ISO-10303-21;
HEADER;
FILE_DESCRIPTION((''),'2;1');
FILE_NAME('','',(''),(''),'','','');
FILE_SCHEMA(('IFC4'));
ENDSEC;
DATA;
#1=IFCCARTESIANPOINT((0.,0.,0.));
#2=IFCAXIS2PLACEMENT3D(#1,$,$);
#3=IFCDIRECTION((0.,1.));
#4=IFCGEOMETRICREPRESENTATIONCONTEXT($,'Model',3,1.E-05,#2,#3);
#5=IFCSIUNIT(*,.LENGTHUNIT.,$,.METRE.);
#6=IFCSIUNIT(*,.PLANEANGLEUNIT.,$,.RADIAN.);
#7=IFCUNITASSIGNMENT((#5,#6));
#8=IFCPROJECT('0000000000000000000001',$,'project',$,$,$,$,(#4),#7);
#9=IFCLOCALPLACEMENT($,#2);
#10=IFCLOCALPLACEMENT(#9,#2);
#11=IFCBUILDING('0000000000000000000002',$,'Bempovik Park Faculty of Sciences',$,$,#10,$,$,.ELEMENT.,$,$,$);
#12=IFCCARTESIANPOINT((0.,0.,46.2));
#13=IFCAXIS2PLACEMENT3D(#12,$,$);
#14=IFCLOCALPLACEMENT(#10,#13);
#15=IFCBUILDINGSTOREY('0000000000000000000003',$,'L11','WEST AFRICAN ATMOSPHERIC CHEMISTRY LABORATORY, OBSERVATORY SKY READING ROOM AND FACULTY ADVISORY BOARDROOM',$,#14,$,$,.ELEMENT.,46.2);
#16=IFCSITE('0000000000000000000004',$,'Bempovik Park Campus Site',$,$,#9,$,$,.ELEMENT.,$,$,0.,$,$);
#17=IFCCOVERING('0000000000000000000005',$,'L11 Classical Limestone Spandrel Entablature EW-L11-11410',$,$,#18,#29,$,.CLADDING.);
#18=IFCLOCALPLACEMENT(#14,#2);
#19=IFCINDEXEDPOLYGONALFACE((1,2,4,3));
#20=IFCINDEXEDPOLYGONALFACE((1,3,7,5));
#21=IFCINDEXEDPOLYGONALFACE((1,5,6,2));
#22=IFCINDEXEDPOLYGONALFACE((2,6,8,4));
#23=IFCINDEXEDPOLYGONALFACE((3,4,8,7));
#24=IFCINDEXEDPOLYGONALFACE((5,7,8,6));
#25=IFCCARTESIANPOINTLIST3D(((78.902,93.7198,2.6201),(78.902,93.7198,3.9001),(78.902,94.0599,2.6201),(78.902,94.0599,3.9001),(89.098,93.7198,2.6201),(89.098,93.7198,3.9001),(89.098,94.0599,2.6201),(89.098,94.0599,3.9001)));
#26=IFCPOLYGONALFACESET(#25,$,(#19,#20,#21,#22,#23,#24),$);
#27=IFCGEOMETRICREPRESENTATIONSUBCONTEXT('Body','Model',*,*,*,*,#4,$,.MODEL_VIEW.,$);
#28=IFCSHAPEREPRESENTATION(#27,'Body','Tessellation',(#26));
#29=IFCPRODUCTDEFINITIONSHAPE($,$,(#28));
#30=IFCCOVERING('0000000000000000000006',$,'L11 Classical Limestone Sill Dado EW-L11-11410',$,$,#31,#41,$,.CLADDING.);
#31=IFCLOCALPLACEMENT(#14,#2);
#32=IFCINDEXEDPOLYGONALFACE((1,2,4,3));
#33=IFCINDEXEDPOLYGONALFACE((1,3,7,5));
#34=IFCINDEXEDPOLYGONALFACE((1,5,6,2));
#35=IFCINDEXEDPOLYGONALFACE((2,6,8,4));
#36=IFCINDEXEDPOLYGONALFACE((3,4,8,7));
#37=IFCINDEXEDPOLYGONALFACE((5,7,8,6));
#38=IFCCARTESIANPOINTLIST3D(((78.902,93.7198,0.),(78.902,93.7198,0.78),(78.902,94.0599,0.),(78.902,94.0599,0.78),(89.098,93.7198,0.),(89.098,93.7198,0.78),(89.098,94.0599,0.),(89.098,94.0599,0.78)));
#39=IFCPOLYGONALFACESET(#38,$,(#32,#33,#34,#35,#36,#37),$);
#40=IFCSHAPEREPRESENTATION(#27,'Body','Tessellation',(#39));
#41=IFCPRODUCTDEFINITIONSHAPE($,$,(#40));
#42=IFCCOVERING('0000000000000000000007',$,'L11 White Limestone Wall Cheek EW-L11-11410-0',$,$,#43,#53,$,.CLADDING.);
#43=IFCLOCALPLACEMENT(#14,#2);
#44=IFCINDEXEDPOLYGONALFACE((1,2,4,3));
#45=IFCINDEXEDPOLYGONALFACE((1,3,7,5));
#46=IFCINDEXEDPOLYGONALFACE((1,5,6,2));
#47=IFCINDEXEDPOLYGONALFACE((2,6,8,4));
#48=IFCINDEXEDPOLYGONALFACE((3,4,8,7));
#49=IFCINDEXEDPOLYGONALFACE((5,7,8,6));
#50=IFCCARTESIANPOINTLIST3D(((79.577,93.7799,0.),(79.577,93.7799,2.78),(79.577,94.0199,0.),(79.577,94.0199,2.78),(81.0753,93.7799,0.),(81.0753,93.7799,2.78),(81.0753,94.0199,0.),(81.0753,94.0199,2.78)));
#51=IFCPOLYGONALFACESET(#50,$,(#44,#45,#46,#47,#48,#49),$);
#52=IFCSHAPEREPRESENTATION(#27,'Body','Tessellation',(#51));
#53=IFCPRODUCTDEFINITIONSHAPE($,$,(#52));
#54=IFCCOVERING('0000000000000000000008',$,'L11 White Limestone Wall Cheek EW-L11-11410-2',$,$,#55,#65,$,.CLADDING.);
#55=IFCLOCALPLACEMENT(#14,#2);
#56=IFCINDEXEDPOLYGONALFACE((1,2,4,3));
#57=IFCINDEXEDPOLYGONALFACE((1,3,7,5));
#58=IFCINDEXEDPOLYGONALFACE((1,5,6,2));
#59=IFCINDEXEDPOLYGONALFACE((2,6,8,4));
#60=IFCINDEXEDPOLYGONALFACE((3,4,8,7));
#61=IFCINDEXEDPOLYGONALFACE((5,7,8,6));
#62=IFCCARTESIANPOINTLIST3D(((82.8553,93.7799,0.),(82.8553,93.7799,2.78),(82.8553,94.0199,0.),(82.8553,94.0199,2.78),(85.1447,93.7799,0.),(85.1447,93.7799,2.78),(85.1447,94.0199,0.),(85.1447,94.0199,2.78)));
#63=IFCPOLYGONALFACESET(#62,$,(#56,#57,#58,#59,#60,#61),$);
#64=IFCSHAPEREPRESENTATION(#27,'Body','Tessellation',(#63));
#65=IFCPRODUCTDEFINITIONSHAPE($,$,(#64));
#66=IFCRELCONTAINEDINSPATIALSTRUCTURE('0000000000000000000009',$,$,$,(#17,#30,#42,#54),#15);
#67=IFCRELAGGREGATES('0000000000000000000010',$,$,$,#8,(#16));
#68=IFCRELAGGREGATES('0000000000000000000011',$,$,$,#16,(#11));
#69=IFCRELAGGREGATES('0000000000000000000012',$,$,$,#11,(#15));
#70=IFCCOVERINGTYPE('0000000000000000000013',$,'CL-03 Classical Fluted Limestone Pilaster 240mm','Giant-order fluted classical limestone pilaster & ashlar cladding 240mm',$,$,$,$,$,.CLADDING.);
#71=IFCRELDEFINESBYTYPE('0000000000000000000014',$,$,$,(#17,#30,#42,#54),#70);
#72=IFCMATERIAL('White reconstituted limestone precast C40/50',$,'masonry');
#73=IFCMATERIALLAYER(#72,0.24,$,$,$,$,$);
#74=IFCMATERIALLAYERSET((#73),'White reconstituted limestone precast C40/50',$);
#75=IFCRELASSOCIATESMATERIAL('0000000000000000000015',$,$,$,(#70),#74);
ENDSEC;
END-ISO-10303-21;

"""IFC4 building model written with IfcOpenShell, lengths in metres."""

from ifc_helpers import new_model, si_unit, direction, frame, origin, origin_2d, place, context, subcontext, project, spatial, rectangle, extrude, material, layer, layer_set, type_object, element, save


model = new_model("IFC4")

# Units and contexts
model_context = context("Model", 3, precision=1e-05, world=origin(), true_north=direction((0.0, 1.0)))
body_context = subcontext(model_context, "Body", "Model", "MODEL_VIEW")
ifc_project = project(units=[si_unit("LENGTHUNIT", "METRE"), si_unit("PLANEANGLEUNIT", "RADIAN")], contexts=[model_context])

# Site, building, storey
site_placement = place(None, origin())
site = spatial("IfcSite", under=ifc_project, at=site_placement, Name="Bempovik Park Campus Site", CompositionType="ELEMENT", RefElevation=0.0)
building_placement = place(site_placement, origin())
building = spatial("IfcBuilding", under=site, at=building_placement, Name="Bempovik Park Faculty of Sciences", CompositionType="ELEMENT")
storey_placement = place(building_placement, frame((0.0, 0.0, 46.2)))
storey = spatial("IfcBuildingStorey", under=building, at=storey_placement, Name="L11", Description="WEST AFRICAN ATMOSPHERIC CHEMISTRY LABORATORY, OBSERVATORY SKY READING ROOM AND FACULTY ADVISORY BOARDROOM", CompositionType="ELEMENT", Elevation=46.2)

# Coverings
ifc_material_1 = material(Name="White reconstituted limestone precast C40/50", Category="masonry")
ifc_layer_1 = layer(ifc_material_1, 0.24)
ifc_layer_set_1 = layer_set([ifc_layer_1], Name="White reconstituted limestone precast C40/50")
covering_type = type_object("IfcCoveringType", Name="CL-03 Classical Fluted Limestone Pilaster 240mm", Description="Giant-order fluted classical limestone pilaster & ashlar cladding 240mm", PredefinedType="CLADDING", material=ifc_layer_set_1)
covering_1_placement = place(storey_placement, frame((84.0, 93.8899, 2.6201), z_axis=(0.0, 0.0, 1.0), x_axis=(1.0, 0.0, 0.0)))
element("IfcCovering", 1, at=covering_1_placement, inside=storey, type_object=covering_type, Name="L11 Classical Limestone Spandrel Entablature EW-L11-11410", PredefinedType="CLADDING", context=body_context, shape_type="SweptSolid", body=[
    extrude(rectangle(XDim=10.196, YDim=0.3401, at=origin_2d()), origin(), (0.0, 0.0, 1.0), 1.28),
])
covering_2_placement = place(storey_placement, frame((84.0, 93.8899, 0.0), z_axis=(0.0, 0.0, 1.0), x_axis=(1.0, 0.0, 0.0)))
element("IfcCovering", 2, at=covering_2_placement, inside=storey, type_object=covering_type, Name="L11 Classical Limestone Sill Dado EW-L11-11410", PredefinedType="CLADDING", context=body_context, shape_type="SweptSolid", body=[
    extrude(rectangle(XDim=10.196, YDim=0.3401, at=origin_2d()), origin(), (0.0, 0.0, 1.0), 0.78),
])
covering_3_placement = place(storey_placement, frame((80.3262, 93.8999, 0.0), z_axis=(0.0, 0.0, 1.0), x_axis=(1.0, 0.0, 0.0)))
element("IfcCovering", 3, at=covering_3_placement, inside=storey, type_object=covering_type, Name="L11 White Limestone Wall Cheek EW-L11-11410-0", PredefinedType="CLADDING", context=body_context, shape_type="SweptSolid", body=[
    extrude(rectangle(XDim=1.4983, YDim=0.24, at=origin_2d()), origin(), (0.0, 0.0, 1.0), 2.78),
])
covering_4_placement = place(storey_placement, frame((84.0, 93.8999, 0.0), z_axis=(0.0, 0.0, 1.0), x_axis=(1.0, 0.0, 0.0)))
element("IfcCovering", 4, at=covering_4_placement, inside=storey, type_object=covering_type, Name="L11 White Limestone Wall Cheek EW-L11-11410-2", PredefinedType="CLADDING", context=body_context, shape_type="SweptSolid", body=[
    extrude(rectangle(XDim=2.2893, YDim=0.24, at=origin_2d()), origin(), (0.0, 0.0, 1.0), 2.78),
])

save(model, "model.ifc")
